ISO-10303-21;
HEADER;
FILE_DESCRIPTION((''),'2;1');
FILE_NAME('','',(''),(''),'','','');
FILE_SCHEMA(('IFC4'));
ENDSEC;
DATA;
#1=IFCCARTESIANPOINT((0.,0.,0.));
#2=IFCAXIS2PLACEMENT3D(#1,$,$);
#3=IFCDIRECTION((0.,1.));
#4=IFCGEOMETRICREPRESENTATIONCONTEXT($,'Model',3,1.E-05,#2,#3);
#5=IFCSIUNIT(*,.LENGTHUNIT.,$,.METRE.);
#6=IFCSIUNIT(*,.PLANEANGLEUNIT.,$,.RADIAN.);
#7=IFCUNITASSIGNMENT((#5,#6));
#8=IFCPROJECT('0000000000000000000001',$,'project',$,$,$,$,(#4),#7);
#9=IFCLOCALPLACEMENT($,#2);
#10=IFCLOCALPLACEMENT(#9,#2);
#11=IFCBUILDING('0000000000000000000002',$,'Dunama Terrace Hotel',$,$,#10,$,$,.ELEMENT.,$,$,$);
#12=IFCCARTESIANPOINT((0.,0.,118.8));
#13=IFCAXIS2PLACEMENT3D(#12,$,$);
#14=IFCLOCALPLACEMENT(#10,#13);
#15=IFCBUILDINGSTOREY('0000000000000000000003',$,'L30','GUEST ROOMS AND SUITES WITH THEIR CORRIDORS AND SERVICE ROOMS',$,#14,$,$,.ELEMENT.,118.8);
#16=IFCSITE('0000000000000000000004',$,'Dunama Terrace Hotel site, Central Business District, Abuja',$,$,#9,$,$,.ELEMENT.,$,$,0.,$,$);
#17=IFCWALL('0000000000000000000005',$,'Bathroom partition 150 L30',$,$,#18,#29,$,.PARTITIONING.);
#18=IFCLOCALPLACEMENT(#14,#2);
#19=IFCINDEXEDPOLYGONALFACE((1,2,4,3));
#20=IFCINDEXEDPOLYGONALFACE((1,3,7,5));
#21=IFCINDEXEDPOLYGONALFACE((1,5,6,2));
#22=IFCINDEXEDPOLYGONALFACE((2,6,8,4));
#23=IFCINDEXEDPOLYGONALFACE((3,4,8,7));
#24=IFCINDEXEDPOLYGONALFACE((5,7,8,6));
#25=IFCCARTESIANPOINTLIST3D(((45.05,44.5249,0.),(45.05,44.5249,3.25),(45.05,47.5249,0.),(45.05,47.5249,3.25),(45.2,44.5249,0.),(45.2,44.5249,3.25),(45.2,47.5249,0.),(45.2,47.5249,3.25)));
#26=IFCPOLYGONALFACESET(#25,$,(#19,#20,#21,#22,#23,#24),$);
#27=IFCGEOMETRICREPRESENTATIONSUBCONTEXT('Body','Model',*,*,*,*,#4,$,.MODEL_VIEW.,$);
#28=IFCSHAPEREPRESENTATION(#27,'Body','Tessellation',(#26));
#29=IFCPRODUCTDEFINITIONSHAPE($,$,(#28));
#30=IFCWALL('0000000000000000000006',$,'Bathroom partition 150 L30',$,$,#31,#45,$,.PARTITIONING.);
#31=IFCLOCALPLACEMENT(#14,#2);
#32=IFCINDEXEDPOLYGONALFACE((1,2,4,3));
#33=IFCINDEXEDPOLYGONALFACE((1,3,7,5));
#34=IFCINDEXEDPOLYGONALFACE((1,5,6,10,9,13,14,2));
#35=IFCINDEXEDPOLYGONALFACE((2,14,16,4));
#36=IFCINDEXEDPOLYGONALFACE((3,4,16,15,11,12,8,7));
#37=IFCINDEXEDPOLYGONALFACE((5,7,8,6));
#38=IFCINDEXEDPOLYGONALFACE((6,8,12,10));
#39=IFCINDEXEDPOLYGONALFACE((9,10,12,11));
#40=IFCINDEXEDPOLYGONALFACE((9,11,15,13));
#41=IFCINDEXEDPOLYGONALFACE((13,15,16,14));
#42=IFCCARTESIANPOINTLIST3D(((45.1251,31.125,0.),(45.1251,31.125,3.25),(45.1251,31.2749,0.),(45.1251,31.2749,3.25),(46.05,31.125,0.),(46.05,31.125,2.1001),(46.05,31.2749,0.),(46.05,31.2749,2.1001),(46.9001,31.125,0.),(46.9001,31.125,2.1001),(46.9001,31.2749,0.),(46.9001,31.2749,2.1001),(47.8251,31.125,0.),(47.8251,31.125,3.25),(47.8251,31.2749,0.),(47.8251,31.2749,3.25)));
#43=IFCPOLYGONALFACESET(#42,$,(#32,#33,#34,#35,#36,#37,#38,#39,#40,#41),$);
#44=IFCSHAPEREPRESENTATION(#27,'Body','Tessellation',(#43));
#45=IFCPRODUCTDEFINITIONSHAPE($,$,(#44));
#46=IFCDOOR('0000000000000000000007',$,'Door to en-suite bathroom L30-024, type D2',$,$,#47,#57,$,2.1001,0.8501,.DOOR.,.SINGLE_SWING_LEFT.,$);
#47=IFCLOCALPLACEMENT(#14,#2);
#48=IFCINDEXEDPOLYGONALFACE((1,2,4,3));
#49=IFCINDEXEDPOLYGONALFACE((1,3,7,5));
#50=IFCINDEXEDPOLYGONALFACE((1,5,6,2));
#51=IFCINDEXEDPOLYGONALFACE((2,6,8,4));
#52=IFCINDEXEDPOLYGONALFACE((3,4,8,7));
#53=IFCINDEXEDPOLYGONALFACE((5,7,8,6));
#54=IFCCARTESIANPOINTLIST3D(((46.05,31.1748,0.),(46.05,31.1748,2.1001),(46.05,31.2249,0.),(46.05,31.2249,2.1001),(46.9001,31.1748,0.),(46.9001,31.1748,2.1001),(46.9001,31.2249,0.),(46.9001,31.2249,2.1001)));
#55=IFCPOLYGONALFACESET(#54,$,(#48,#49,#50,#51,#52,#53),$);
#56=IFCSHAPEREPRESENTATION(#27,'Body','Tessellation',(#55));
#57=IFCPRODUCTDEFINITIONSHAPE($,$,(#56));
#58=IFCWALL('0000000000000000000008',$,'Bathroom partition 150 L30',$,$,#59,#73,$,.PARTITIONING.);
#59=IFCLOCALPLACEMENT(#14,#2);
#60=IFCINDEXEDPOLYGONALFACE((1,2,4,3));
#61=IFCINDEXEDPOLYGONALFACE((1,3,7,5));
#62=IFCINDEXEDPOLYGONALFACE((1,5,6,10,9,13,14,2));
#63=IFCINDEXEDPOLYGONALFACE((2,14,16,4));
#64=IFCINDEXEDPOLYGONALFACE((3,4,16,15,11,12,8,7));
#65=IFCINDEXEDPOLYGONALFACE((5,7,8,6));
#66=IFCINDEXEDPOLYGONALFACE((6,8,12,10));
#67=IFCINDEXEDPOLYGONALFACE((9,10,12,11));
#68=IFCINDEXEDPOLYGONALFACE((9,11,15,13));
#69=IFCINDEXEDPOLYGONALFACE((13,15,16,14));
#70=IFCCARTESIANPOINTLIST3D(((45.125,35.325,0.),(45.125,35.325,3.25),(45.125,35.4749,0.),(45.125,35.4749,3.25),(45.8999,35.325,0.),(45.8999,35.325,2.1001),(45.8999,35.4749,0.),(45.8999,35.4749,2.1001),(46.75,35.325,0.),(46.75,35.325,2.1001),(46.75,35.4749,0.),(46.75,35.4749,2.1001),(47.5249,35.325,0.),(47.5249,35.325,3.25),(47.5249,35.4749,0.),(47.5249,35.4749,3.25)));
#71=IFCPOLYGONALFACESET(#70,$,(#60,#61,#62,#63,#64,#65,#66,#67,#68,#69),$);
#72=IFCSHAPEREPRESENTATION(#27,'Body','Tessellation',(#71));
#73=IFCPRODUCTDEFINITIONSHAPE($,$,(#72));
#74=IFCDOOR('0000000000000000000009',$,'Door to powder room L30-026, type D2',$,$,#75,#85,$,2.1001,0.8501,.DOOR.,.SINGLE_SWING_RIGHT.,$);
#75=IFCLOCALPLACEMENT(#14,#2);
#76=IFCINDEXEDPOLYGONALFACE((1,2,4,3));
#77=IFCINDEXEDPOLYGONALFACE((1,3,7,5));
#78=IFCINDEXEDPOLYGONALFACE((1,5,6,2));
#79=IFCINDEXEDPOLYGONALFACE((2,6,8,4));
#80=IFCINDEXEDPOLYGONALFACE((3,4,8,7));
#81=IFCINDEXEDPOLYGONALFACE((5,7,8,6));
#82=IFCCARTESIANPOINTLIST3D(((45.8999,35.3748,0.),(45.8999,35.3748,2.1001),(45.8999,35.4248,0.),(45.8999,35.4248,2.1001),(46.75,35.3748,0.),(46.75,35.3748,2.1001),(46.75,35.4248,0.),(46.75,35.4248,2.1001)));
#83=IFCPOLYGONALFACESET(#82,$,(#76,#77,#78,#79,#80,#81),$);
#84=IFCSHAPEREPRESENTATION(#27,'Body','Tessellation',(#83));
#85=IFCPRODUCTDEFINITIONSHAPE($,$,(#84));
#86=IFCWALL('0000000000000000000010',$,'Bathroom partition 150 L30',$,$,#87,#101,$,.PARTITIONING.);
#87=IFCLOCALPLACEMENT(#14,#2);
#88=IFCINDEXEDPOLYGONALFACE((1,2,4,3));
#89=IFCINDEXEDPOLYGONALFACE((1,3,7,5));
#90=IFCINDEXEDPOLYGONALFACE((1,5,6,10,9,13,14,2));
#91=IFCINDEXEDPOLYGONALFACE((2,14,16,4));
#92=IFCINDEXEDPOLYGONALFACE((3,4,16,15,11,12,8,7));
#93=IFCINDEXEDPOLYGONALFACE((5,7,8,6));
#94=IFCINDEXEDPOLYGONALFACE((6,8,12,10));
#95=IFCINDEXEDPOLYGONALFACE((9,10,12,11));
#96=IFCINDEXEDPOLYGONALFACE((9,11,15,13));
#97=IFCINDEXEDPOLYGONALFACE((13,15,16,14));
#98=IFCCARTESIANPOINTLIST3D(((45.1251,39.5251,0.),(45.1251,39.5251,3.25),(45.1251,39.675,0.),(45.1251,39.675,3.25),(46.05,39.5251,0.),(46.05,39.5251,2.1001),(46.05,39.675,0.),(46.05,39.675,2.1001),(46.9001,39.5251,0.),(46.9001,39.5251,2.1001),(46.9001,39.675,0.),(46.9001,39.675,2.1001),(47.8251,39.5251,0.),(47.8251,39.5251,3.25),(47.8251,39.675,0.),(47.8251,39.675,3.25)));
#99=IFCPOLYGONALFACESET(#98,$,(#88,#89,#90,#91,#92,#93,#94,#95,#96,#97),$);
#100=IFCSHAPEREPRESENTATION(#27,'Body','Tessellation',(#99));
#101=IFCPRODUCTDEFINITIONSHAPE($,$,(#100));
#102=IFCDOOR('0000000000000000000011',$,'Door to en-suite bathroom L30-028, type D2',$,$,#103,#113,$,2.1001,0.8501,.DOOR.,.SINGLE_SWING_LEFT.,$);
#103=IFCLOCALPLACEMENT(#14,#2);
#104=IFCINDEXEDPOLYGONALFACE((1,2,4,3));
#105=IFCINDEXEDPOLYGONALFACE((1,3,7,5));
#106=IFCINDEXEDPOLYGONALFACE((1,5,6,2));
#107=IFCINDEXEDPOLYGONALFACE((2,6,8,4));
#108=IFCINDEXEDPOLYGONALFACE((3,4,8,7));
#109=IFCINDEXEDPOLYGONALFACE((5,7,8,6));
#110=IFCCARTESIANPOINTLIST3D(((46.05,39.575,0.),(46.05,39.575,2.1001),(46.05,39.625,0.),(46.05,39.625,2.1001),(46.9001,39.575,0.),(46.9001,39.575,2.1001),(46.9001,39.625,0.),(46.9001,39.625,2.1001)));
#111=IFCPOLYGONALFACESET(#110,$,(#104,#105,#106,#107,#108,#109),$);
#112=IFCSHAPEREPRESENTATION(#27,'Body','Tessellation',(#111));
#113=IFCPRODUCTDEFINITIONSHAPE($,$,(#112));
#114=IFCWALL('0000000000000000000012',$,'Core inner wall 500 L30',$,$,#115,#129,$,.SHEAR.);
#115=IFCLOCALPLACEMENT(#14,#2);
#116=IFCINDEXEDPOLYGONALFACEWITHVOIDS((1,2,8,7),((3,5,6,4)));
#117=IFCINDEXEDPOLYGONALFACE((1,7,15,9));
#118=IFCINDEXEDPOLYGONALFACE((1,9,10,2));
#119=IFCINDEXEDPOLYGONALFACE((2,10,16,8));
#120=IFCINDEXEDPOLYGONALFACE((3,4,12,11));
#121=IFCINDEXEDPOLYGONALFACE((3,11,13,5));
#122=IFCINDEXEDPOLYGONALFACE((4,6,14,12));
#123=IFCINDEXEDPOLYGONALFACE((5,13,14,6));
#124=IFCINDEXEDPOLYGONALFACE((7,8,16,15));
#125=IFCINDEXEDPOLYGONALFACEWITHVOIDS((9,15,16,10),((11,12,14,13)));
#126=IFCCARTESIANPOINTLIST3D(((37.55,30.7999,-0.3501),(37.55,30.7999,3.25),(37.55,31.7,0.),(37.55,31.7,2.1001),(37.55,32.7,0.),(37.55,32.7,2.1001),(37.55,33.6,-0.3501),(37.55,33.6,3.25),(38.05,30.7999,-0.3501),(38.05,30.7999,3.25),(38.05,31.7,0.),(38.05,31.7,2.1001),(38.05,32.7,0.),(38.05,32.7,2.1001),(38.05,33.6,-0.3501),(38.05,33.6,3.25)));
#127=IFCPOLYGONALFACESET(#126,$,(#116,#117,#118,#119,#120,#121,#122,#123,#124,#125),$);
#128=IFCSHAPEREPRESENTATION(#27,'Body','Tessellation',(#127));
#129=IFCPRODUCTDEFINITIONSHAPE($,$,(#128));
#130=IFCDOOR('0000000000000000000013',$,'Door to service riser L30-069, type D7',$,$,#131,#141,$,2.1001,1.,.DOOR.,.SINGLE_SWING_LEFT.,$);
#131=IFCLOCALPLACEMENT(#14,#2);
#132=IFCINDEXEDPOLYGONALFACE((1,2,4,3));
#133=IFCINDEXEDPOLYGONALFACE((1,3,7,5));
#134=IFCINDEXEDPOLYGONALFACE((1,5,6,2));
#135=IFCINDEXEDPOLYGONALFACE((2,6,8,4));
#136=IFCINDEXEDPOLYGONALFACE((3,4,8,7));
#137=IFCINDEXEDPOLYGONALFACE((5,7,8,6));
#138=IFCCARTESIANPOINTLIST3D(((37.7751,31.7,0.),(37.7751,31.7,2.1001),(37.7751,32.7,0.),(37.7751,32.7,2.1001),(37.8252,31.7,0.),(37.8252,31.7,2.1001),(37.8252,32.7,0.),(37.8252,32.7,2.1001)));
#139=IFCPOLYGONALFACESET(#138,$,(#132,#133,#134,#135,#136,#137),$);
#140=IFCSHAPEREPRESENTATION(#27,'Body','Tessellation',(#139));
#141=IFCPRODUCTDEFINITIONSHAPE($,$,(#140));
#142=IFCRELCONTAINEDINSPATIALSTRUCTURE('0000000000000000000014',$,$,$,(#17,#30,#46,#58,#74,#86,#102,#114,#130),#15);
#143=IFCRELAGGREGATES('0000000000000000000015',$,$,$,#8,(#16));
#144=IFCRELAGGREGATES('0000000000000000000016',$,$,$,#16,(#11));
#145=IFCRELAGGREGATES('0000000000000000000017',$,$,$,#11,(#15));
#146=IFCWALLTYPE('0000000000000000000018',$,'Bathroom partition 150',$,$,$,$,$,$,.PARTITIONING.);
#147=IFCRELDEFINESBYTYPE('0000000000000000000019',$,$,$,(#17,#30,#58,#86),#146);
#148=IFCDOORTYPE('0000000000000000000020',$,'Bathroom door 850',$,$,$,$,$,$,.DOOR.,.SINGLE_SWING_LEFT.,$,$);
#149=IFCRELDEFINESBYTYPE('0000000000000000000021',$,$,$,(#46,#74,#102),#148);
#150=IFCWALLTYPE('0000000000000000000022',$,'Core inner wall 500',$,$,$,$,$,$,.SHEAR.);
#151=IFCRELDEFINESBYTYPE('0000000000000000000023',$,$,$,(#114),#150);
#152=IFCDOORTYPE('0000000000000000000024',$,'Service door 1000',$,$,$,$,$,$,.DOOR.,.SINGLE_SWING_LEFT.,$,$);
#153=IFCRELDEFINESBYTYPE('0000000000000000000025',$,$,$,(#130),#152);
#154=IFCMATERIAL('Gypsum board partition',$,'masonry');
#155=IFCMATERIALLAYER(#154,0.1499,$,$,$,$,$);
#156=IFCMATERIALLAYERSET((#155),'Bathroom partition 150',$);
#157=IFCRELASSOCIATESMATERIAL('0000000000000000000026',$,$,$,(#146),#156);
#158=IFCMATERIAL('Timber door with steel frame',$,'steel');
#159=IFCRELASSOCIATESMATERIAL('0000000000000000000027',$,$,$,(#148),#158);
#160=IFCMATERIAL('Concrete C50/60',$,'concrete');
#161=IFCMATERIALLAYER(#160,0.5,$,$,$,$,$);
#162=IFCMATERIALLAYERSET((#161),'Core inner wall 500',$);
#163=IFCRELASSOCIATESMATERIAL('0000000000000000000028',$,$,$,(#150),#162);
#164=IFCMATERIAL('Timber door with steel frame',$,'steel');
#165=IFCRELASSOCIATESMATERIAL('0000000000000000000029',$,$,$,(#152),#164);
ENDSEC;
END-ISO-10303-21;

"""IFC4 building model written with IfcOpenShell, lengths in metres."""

from ifc_helpers import new_model, si_unit, direction, frame, frame_2d, origin, place, context, subcontext, project, spatial, rectangle, extrude, material, layer, layer_set, type_object, element, fill, save


model = new_model("IFC4")

# Units and contexts
model_context = context("Model", 3, precision=1e-05, world=origin(), true_north=direction((0.0, 1.0)))
body_context = subcontext(model_context, "Body", "Model", "MODEL_VIEW")
ifc_project = project(units=[si_unit("LENGTHUNIT", "METRE"), si_unit("PLANEANGLEUNIT", "RADIAN")], contexts=[model_context])

# Site, building, storey
site_placement = place(None, origin())
site = spatial("IfcSite", under=ifc_project, at=site_placement, Name="Dunama Terrace Hotel site, Central Business District, Abuja", CompositionType="ELEMENT", RefElevation=0.0)
building_placement = place(site_placement, origin())
building = spatial("IfcBuilding", under=site, at=building_placement, Name="Dunama Terrace Hotel", CompositionType="ELEMENT")
storey_placement = place(building_placement, frame((0.0, 0.0, 118.8)))
storey = spatial("IfcBuildingStorey", under=building, at=storey_placement, Name="L30", Description="GUEST ROOMS AND SUITES WITH THEIR CORRIDORS AND SERVICE ROOMS", CompositionType="ELEMENT", Elevation=118.8)

# Wall
ifc_material_1 = material(Name="Gypsum board partition", Category="masonry")
ifc_layer_1 = layer(ifc_material_1, 0.1499)
ifc_layer_set_1 = layer_set([ifc_layer_1], Name="Bathroom partition 150")
wall_type_1 = type_object("IfcWallType", Name="Bathroom partition 150", PredefinedType="PARTITIONING", material=ifc_layer_set_1)
wall_1_placement = place(storey_placement, frame((45.125, 44.5249, 0.0), z_axis=(0.0, 0.0, 1.0), x_axis=(0.0, 1.0, 0.0)))
element("IfcWall", 1, at=wall_1_placement, inside=storey, type_object=wall_type_1, Name="Bathroom partition 150 L30", PredefinedType="PARTITIONING", context=body_context, shape_type="SweptSolid", body=[
    extrude(rectangle(XDim=3.0, YDim=0.1499, at=frame_2d((1.5, 0.0))), origin(), (0.0, 0.0, 1.0), 3.25),
])

# Walls, openings, doors
wall_2_placement = place(storey_placement, frame((45.125, 31.2, 0.0), z_axis=(0.0, 0.0, 1.0), x_axis=(1.0, 0.0, 0.0)))
wall_2 = element("IfcWall", 2, at=wall_2_placement, inside=storey, type_object=wall_type_1, Name="Bathroom partition 150 L30", PredefinedType="PARTITIONING", context=body_context, shape_type="SweptSolid", body=[
    extrude(rectangle(XDim=2.7, YDim=0.1499, at=frame_2d((1.3501, 0.0))), origin(), (0.0, 0.0, 1.0), 3.25),
])
opening_1_placement = place(wall_2_placement, frame((0.925, 0.0, 0.0)))
opening_1 = element("IfcOpeningElement", 3, at=opening_1_placement, cuts=wall_2, PredefinedType="OPENING", context=body_context, shape_type="SweptSolid", body=[
    extrude(rectangle(XDim=0.8501, YDim=2.1001, at=frame_2d((0.425, 1.05))), frame((0.0, 0.085, 0.0), z_axis=(0.0, -1.0, 0.0), x_axis=(1.0, 0.0, 0.0)), (0.0, 0.0, 1.0), 0.1699),
])
ifc_material_2 = material(Name="Timber door with steel frame", Category="steel")
door_type_1 = type_object("IfcDoorType", Name="Bathroom door 850", OperationType="SINGLE_SWING_LEFT", PredefinedType="DOOR", material=ifc_material_2)
door_1_placement = place(opening_1_placement, origin())
door_1 = element("IfcDoor", 4, at=door_1_placement, inside=storey, type_object=door_type_1, Name="Door to en-suite bathroom L30-024, type D2", OperationType="SINGLE_SWING_LEFT", OverallHeight=2.1001, OverallWidth=0.8501, PredefinedType="DOOR", context=body_context, shape_type="SweptSolid", body=[
    extrude(rectangle(XDim=0.8501, YDim=2.1001, at=frame_2d((0.425, 1.05))), frame((0.0, 0.0249, 0.0), z_axis=(0.0, -1.0, 0.0), x_axis=(1.0, 0.0, 0.0)), (0.0, 0.0, 1.0), 0.05),
])
fill(opening_1, door_1)
wall_3_placement = place(storey_placement, frame((45.125, 35.3999, 0.0), z_axis=(0.0, 0.0, 1.0), x_axis=(1.0, 0.0, 0.0)))
wall_3 = element("IfcWall", 5, at=wall_3_placement, inside=storey, type_object=wall_type_1, Name="Bathroom partition 150 L30", PredefinedType="PARTITIONING", context=body_context, shape_type="SweptSolid", body=[
    extrude(rectangle(XDim=2.3999, YDim=0.1499, at=frame_2d((1.2, 0.0))), origin(), (0.0, 0.0, 1.0), 3.25),
])
opening_2_placement = place(wall_3_placement, frame((0.7749, 0.0, 0.0)))
opening_2 = element("IfcOpeningElement", 6, at=opening_2_placement, cuts=wall_3, PredefinedType="OPENING", context=body_context, shape_type="SweptSolid", body=[
    extrude(rectangle(XDim=0.8501, YDim=2.1001, at=frame_2d((0.425, 1.05))), frame((0.0, 0.085, 0.0), z_axis=(0.0, -1.0, 0.0), x_axis=(1.0, 0.0, 0.0)), (0.0, 0.0, 1.0), 0.1699),
])
door_2_placement = place(opening_2_placement, frame((0.8501, 0.0, 0.0), z_axis=(0.0, 0.0, 1.0), x_axis=(-1.0, 0.0, 0.0)))
door_2 = element("IfcDoor", 7, at=door_2_placement, inside=storey, type_object=door_type_1, Name="Door to powder room L30-026, type D2", OperationType="SINGLE_SWING_RIGHT", OverallHeight=2.1001, OverallWidth=0.8501, PredefinedType="DOOR", context=body_context, shape_type="SweptSolid", body=[
    extrude(rectangle(XDim=0.8501, YDim=2.1001, at=frame_2d((0.425, 1.05))), frame((0.0, 0.0251, 0.0), z_axis=(0.0, -1.0, 0.0), x_axis=(1.0, 0.0, 0.0)), (0.0, 0.0, 1.0), 0.05),
])
fill(opening_2, door_2)
wall_4_placement = place(storey_placement, frame((45.125, 39.6001, 0.0), z_axis=(0.0, 0.0, 1.0), x_axis=(1.0, 0.0, 0.0)))
wall_4 = element("IfcWall", 8, at=wall_4_placement, inside=storey, type_object=wall_type_1, Name="Bathroom partition 150 L30", PredefinedType="PARTITIONING", context=body_context, shape_type="SweptSolid", body=[
    extrude(rectangle(XDim=2.7, YDim=0.1499, at=frame_2d((1.3501, 0.0))), origin(), (0.0, 0.0, 1.0), 3.25),
])
opening_3_placement = place(wall_4_placement, frame((0.925, 0.0, 0.0)))
opening_3 = element("IfcOpeningElement", 9, at=opening_3_placement, cuts=wall_4, PredefinedType="OPENING", context=body_context, shape_type="SweptSolid", body=[
    extrude(rectangle(XDim=0.8501, YDim=2.1001, at=frame_2d((0.425, 1.05))), frame((0.0, 0.085, 0.0), z_axis=(0.0, -1.0, 0.0), x_axis=(1.0, 0.0, 0.0)), (0.0, 0.0, 1.0), 0.1699),
])
door_3_placement = place(opening_3_placement, origin())
door_3 = element("IfcDoor", 10, at=door_3_placement, inside=storey, type_object=door_type_1, Name="Door to en-suite bathroom L30-028, type D2", OperationType="SINGLE_SWING_LEFT", OverallHeight=2.1001, OverallWidth=0.8501, PredefinedType="DOOR", context=body_context, shape_type="SweptSolid", body=[
    extrude(rectangle(XDim=0.8501, YDim=2.1001, at=frame_2d((0.425, 1.05))), frame((0.0, 0.0249, 0.0), z_axis=(0.0, -1.0, 0.0), x_axis=(1.0, 0.0, 0.0)), (0.0, 0.0, 1.0), 0.05),
])
fill(opening_3, door_3)
ifc_material_3 = material(Name="Concrete C50/60", Category="concrete")
ifc_layer_2 = layer(ifc_material_3, 0.5)
ifc_layer_set_2 = layer_set([ifc_layer_2], Name="Core inner wall 500")
wall_type_2 = type_object("IfcWallType", Name="Core inner wall 500", PredefinedType="SHEAR", material=ifc_layer_set_2)
wall_5_placement = place(storey_placement, frame((37.8, 30.8, -0.3501), z_axis=(0.0, 0.0, 1.0), x_axis=(0.0, 1.0, 0.0)))
wall_5 = element("IfcWall", 11, at=wall_5_placement, inside=storey, type_object=wall_type_2, Name="Core inner wall 500 L30", PredefinedType="SHEAR", context=body_context, shape_type="SweptSolid", body=[
    extrude(rectangle(XDim=2.8, YDim=0.5, at=frame_2d((1.3999, 0.0))), origin(), (0.0, 0.0, 1.0), 3.6001),
])
opening_4_placement = place(wall_5_placement, frame((0.8999, 0.0, 0.3501)))
opening_4 = element("IfcOpeningElement", 12, at=opening_4_placement, cuts=wall_5, PredefinedType="OPENING", context=body_context, shape_type="SweptSolid", body=[
    extrude(rectangle(XDim=1.0, YDim=2.1001, at=frame_2d((0.5, 1.05))), frame((0.0, 0.26, 0.0), z_axis=(0.0, -1.0, 0.0), x_axis=(1.0, 0.0, 0.0)), (0.0, 0.0, 1.0), 0.52),
])
ifc_material_4 = material(Name="Timber door with steel frame", Category="steel")
door_type_2 = type_object("IfcDoorType", Name="Service door 1000", OperationType="SINGLE_SWING_LEFT", PredefinedType="DOOR", material=ifc_material_4)
door_4_placement = place(opening_4_placement, frame((1.0, 0.0, 0.0), z_axis=(0.0, 0.0, 1.0), x_axis=(-1.0, 0.0, 0.0)))
door_4 = element("IfcDoor", 13, at=door_4_placement, inside=storey, type_object=door_type_2, Name="Door to service riser L30-069, type D7", OperationType="SINGLE_SWING_LEFT", OverallHeight=2.1001, OverallWidth=1.0, PredefinedType="DOOR", context=body_context, shape_type="SweptSolid", body=[
    extrude(rectangle(XDim=1.0, YDim=2.1001, at=frame_2d((0.5, 1.05))), frame((0.0, 0.0251, 0.0), z_axis=(0.0, -1.0, 0.0), x_axis=(1.0, 0.0, 0.0)), (0.0, 0.0, 1.0), 0.05),
])
fill(opening_4, door_4)

save(model, "model.ifc")
